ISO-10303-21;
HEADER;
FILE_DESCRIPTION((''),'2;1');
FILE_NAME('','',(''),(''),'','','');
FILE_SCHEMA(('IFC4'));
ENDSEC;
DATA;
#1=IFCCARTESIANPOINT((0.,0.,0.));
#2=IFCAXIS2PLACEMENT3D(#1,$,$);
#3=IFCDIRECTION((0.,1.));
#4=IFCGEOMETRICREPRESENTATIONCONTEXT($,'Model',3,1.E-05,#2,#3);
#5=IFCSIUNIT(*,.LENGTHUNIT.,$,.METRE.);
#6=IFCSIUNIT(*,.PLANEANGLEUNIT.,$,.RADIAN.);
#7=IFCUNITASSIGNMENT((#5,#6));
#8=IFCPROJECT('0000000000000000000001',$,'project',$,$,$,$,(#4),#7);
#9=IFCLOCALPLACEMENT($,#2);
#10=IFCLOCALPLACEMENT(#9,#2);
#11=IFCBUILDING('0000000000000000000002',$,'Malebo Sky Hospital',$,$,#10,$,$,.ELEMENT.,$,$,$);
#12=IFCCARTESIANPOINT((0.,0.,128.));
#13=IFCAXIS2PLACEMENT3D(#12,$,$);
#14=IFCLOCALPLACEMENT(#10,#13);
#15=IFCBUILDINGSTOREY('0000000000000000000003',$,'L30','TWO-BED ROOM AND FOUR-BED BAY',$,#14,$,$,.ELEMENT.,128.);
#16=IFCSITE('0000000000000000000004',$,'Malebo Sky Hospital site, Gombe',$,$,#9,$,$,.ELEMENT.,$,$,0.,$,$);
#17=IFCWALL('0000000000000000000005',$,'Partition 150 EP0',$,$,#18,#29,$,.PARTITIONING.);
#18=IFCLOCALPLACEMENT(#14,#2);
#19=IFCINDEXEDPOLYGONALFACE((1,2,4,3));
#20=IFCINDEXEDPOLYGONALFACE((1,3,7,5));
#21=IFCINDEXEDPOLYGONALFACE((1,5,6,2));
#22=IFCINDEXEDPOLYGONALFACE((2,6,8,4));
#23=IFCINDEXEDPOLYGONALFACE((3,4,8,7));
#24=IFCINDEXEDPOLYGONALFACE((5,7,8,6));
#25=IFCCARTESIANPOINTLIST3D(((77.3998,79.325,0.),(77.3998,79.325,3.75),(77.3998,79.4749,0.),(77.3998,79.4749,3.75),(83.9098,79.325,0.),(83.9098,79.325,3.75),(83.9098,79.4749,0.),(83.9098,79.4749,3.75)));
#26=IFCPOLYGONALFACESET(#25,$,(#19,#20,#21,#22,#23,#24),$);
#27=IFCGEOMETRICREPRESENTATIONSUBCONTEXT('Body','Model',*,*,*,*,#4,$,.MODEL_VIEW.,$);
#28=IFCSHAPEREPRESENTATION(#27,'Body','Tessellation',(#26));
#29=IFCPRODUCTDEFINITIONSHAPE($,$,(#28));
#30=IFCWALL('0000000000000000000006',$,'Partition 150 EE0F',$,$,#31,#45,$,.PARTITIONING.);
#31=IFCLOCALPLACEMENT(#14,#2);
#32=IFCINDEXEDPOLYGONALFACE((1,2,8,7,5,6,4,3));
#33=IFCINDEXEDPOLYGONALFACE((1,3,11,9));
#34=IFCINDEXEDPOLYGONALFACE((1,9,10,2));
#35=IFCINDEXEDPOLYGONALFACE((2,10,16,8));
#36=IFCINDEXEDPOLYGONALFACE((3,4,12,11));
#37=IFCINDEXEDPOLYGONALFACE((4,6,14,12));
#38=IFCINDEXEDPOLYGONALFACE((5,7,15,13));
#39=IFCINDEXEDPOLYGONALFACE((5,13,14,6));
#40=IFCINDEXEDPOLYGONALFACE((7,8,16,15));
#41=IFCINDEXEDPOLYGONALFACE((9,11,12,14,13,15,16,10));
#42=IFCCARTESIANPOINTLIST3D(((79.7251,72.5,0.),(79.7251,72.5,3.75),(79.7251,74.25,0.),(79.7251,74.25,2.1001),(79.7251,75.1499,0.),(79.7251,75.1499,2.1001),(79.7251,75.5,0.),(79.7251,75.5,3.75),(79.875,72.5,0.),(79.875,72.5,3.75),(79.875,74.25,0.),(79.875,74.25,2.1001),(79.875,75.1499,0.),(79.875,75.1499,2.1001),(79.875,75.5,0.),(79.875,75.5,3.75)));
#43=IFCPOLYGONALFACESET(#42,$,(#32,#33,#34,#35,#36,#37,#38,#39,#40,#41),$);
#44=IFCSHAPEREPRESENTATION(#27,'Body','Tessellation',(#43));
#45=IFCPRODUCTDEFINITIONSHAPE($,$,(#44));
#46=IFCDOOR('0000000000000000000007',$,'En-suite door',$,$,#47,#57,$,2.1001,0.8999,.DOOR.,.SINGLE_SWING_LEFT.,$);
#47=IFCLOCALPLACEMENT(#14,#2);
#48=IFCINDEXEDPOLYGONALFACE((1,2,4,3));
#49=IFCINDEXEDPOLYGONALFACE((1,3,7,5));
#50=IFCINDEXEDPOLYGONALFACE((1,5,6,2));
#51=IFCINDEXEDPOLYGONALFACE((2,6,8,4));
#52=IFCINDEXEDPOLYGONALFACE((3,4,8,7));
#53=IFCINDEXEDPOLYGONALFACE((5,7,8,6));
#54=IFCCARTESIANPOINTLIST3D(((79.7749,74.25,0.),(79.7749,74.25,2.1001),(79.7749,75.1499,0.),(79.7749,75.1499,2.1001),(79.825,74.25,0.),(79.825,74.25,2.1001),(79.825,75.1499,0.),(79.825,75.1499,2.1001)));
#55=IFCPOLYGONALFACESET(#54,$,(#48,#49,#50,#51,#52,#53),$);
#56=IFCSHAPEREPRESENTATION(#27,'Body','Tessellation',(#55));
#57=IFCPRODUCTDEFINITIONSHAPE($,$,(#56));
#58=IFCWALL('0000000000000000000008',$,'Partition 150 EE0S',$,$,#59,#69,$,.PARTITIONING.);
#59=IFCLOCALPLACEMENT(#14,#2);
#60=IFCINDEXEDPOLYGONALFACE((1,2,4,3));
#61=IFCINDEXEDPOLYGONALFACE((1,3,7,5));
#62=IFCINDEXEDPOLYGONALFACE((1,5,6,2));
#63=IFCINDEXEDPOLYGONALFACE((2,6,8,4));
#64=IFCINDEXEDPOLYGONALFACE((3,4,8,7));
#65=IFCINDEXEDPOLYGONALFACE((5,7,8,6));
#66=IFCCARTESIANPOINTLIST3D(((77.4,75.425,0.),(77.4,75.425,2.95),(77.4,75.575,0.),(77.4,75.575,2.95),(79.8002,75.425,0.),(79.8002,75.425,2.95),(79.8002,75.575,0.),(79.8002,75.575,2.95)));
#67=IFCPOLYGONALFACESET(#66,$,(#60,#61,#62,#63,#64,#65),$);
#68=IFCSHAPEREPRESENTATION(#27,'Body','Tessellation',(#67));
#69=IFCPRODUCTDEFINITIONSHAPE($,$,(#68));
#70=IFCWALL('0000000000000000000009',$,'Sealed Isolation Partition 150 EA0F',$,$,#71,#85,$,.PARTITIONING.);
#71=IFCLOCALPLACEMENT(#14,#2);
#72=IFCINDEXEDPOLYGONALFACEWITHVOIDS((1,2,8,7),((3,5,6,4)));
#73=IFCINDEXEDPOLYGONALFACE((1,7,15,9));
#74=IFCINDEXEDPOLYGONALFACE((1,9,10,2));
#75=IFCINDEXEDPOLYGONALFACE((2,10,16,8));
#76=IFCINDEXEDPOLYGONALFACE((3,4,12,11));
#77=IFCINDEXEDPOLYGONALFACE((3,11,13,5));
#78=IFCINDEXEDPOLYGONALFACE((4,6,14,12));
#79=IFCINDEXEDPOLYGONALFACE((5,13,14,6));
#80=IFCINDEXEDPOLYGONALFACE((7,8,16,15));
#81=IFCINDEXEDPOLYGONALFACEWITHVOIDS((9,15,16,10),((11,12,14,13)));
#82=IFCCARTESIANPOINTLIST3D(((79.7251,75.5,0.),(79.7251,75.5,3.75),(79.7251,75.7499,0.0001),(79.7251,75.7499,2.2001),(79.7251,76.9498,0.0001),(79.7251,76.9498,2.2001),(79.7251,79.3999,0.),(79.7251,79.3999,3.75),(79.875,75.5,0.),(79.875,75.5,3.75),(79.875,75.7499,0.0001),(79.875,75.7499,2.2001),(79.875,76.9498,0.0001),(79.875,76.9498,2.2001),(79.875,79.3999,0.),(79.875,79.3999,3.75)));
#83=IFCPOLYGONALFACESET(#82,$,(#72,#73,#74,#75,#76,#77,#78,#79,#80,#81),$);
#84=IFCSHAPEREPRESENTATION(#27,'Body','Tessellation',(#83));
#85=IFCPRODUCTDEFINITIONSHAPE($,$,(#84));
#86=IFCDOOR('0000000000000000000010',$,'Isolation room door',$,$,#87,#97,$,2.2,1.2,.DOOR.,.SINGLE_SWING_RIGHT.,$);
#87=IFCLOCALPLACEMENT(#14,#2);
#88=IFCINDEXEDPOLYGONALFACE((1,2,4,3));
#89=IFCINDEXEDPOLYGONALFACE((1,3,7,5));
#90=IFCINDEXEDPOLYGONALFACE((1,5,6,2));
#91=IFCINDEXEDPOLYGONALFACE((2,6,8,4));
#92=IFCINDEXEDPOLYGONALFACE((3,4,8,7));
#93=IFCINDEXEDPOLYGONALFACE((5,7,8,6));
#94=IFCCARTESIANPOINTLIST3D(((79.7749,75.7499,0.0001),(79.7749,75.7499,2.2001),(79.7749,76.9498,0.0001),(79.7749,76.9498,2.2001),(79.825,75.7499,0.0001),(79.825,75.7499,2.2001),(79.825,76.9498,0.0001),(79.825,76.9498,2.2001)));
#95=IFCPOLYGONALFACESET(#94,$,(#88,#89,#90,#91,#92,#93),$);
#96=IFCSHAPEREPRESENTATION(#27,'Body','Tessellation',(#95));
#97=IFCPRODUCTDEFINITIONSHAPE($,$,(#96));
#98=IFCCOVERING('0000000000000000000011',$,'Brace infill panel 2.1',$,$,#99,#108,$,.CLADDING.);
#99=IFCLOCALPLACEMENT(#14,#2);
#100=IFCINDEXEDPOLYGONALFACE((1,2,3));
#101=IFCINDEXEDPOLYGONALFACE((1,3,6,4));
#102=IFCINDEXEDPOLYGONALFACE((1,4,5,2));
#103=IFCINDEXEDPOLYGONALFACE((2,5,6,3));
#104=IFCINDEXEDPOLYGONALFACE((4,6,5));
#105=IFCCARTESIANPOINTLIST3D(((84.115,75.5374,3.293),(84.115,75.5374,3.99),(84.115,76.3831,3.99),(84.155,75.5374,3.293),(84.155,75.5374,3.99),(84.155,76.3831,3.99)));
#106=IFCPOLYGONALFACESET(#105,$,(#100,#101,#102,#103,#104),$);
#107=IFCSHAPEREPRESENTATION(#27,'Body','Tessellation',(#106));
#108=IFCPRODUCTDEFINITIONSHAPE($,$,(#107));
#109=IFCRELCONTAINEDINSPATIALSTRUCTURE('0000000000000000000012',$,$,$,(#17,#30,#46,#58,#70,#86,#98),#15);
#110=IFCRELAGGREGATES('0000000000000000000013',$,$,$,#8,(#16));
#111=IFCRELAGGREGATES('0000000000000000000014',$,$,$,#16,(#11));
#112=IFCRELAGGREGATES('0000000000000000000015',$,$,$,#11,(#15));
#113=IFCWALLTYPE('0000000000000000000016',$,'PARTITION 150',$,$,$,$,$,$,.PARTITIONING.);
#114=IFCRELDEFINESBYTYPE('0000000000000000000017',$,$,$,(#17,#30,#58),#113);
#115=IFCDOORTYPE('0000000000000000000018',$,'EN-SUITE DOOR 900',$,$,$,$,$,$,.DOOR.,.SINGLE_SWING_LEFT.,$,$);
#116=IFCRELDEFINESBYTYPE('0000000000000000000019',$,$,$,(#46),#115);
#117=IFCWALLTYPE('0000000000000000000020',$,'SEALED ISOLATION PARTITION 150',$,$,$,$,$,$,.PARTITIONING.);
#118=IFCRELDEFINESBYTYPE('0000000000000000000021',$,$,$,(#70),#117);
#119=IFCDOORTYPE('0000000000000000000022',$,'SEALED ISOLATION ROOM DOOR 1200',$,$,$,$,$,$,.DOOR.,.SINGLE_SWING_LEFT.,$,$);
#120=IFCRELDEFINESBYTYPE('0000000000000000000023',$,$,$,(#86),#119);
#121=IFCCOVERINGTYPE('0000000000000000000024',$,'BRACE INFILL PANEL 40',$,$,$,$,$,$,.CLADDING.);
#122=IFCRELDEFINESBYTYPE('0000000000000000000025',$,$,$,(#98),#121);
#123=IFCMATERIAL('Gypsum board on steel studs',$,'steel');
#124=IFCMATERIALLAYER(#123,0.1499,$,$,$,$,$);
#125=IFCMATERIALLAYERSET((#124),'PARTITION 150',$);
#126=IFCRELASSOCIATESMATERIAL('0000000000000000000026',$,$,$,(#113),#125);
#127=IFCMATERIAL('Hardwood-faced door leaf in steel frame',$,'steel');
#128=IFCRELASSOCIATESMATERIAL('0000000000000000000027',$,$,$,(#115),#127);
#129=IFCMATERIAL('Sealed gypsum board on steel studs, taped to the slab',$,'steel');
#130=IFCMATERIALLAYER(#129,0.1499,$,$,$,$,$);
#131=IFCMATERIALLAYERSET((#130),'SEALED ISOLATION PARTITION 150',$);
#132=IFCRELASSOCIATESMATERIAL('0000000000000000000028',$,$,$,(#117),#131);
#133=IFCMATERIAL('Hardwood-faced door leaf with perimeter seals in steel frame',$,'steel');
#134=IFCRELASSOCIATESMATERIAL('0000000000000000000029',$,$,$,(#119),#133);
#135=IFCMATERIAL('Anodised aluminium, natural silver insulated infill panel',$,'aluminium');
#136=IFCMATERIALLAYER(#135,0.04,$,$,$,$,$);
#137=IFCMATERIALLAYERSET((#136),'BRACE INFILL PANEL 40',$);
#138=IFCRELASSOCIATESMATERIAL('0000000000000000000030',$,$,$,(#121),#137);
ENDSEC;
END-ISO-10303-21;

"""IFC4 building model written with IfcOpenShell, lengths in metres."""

from ifc_helpers import new_model, si_unit, direction, frame, frame_2d, origin, place, context, subcontext, project, spatial, polyline, rectangle, outline, extrude, material, layer, layer_set, type_object, element, fill, save


model = new_model("IFC4")

# Units and contexts
model_context = context("Model", 3, precision=1e-05, world=origin(), true_north=direction((0.0, 1.0)))
body_context = subcontext(model_context, "Body", "Model", "MODEL_VIEW")
ifc_project = project(units=[si_unit("LENGTHUNIT", "METRE"), si_unit("PLANEANGLEUNIT", "RADIAN")], contexts=[model_context])

# Site, building, storey
site_placement = place(None, origin())
site = spatial("IfcSite", under=ifc_project, at=site_placement, Name="Malebo Sky Hospital site, Gombe", CompositionType="ELEMENT", RefElevation=0.0)
building_placement = place(site_placement, origin())
building = spatial("IfcBuilding", under=site, at=building_placement, Name="Malebo Sky Hospital", CompositionType="ELEMENT")
storey_placement = place(building_placement, frame((0.0, 0.0, 128.0)))
storey = spatial("IfcBuildingStorey", under=building, at=storey_placement, Name="L30", Description="TWO-BED ROOM AND FOUR-BED BAY", CompositionType="ELEMENT", Elevation=128.0)

# Shared definitions
ifc_material_1 = material(Name="Gypsum board on steel studs", Category="steel")
ifc_material_2 = material(Name="Hardwood-faced door leaf in steel frame", Category="steel")

# Wall
ifc_layer_1 = layer(ifc_material_1, 0.1499)
ifc_layer_set_1 = layer_set([ifc_layer_1], Name="PARTITION 150")
wall_type_1 = type_object("IfcWallType", Name="PARTITION 150", PredefinedType="PARTITIONING", material=ifc_layer_set_1)
wall_1_placement = place(storey_placement, frame((77.3999, 79.3999, 0.0), z_axis=(0.0, 0.0, 1.0), x_axis=(1.0, 0.0, 0.0)))
element("IfcWall", 1, at=wall_1_placement, inside=storey, type_object=wall_type_1, Name="Partition 150 EP0", PredefinedType="PARTITIONING", context=body_context, shape_type="SweptSolid", body=[
    extrude(rectangle(XDim=6.51, YDim=0.1499, at=frame_2d((3.2549, 0.0))), origin(), (0.0, 0.0, 1.0), 3.75),
])

# Wall, opening, door
wall_2_placement = place(storey_placement, frame((79.8, 75.5, 0.0), z_axis=(0.0, 0.0, 1.0), x_axis=(0.0, -1.0, 0.0)))
wall_2 = element("IfcWall", 2, at=wall_2_placement, inside=storey, type_object=wall_type_1, Name="Partition 150 EE0F", PredefinedType="PARTITIONING", context=body_context, shape_type="SweptSolid", body=[
    extrude(rectangle(XDim=3.0, YDim=0.1499, at=frame_2d((1.5, 0.0))), origin(), (0.0, 0.0, 1.0), 3.75),
])
opening_1_placement = place(wall_2_placement, frame((0.3501, 0.0, 0.0)))
opening_1 = element("IfcOpeningElement", 3, at=opening_1_placement, cuts=wall_2, PredefinedType="OPENING", context=body_context, shape_type="SweptSolid", body=[
    extrude(rectangle(XDim=0.8999, YDim=2.1001, at=frame_2d((0.45, 1.05))), frame((0.0, 0.085, 0.0), z_axis=(0.0, -1.0, 0.0), x_axis=(1.0, 0.0, 0.0)), (0.0, 0.0, 1.0), 0.1699),
])
door_type_1 = type_object("IfcDoorType", Name="EN-SUITE DOOR 900", OperationType="SINGLE_SWING_LEFT", PredefinedType="DOOR", material=ifc_material_2)
door_1_placement = place(opening_1_placement, origin())
door_1 = element("IfcDoor", 4, at=door_1_placement, inside=storey, type_object=door_type_1, Name="En-suite door", OperationType="SINGLE_SWING_LEFT", OverallHeight=2.1001, OverallWidth=0.8999, PredefinedType="DOOR", context=body_context, shape_type="SweptSolid", body=[
    extrude(rectangle(XDim=0.8999, YDim=2.1001, at=frame_2d((0.45, 1.05))), frame((0.0, 0.0249, 0.0), z_axis=(0.0, -1.0, 0.0), x_axis=(1.0, 0.0, 0.0)), (0.0, 0.0, 1.0), 0.05),
])
fill(opening_1, door_1)

# Wall
wall_3_placement = place(storey_placement, frame((77.3999, 75.5, 0.0), z_axis=(0.0, 0.0, 1.0), x_axis=(1.0, 0.0, 0.0)))
element("IfcWall", 5, at=wall_3_placement, inside=storey, type_object=wall_type_1, Name="Partition 150 EE0S", PredefinedType="PARTITIONING", context=body_context, shape_type="SweptSolid", body=[
    extrude(rectangle(XDim=2.4001, YDim=0.1499, at=frame_2d((1.2002, 0.0))), origin(), (0.0, 0.0, 1.0), 2.95),
])

# Wall, opening, door
ifc_material_3 = material(Name="Sealed gypsum board on steel studs, taped to the slab", Category="steel")
ifc_layer_2 = layer(ifc_material_3, 0.1499)
ifc_layer_set_2 = layer_set([ifc_layer_2], Name="SEALED ISOLATION PARTITION 150")
wall_type_2 = type_object("IfcWallType", Name="SEALED ISOLATION PARTITION 150", PredefinedType="PARTITIONING", material=ifc_layer_set_2)
wall_4_placement = place(storey_placement, frame((79.8, 79.3999, 0.0), z_axis=(0.0, 0.0, 1.0), x_axis=(0.0, -1.0, 0.0)))
wall_4 = element("IfcWall", 6, at=wall_4_placement, inside=storey, type_object=wall_type_2, Name="Sealed Isolation Partition 150 EA0F", PredefinedType="PARTITIONING", context=body_context, shape_type="SweptSolid", body=[
    extrude(rectangle(XDim=3.8999, YDim=0.1499, at=frame_2d((1.95, 0.0))), origin(), (0.0, 0.0, 1.0), 3.75),
])
opening_2_placement = place(wall_4_placement, frame((2.45, 0.0, 0.0)))
opening_2 = element("IfcOpeningElement", 7, at=opening_2_placement, cuts=wall_4, PredefinedType="OPENING", context=body_context, shape_type="SweptSolid", body=[
    extrude(rectangle(XDim=1.2, YDim=2.2, at=frame_2d((0.6001, 1.1001))), frame((0.0, 0.085, 0.0), z_axis=(0.0, -1.0, 0.0), x_axis=(1.0, 0.0, 0.0)), (0.0, 0.0, 1.0), 0.1699),
])
ifc_material_4 = material(Name="Hardwood-faced door leaf with perimeter seals in steel frame", Category="steel")
door_type_2 = type_object("IfcDoorType", Name="SEALED ISOLATION ROOM DOOR 1200", OperationType="SINGLE_SWING_LEFT", PredefinedType="DOOR", material=ifc_material_4)
door_2_placement = place(opening_2_placement, origin())
door_2 = element("IfcDoor", 8, at=door_2_placement, inside=storey, type_object=door_type_2, Name="Isolation room door", OperationType="SINGLE_SWING_RIGHT", OverallHeight=2.2, OverallWidth=1.2, PredefinedType="DOOR", context=body_context, shape_type="SweptSolid", body=[
    extrude(rectangle(XDim=1.2, YDim=2.2, at=frame_2d((0.6001, 1.1001))), frame((0.0, 0.0249, 0.0), z_axis=(0.0, -1.0, 0.0), x_axis=(1.0, 0.0, 0.0)), (0.0, 0.0, 1.0), 0.05),
])
fill(opening_2, door_2)

# Covering
ifc_material_5 = material(Name="Anodised aluminium, natural silver insulated infill panel", Category="aluminium")
ifc_layer_3 = layer(ifc_material_5, 0.04)
ifc_layer_set_3 = layer_set([ifc_layer_3], Name="BRACE INFILL PANEL 40")
covering_type = type_object("IfcCoveringType", Name="BRACE INFILL PANEL 40", PredefinedType="CLADDING", material=ifc_layer_set_3)
covering_placement = place(storey_placement, frame((84.135, 75.9602, 3.293), z_axis=(0.0, 0.0, 1.0), x_axis=(0.0, -1.0, 0.0)))
element("IfcCovering", 9, at=covering_placement, inside=storey, type_object=covering_type, Name="Brace infill panel 2.1", PredefinedType="CLADDING", context=body_context, shape_type="SweptSolid", body=[
    extrude(outline(polyline([(0.4229, 0.0), (0.4229, 0.697), (-0.4229, 0.697), (0.4229, 0.0)])), frame((0.0, 0.02, 0.0), z_axis=(0.0, -1.0, 0.0), x_axis=(1.0, 0.0, 0.0)), (0.0, 0.0, 1.0), 0.04),
])

save(model, "model.ifc")
